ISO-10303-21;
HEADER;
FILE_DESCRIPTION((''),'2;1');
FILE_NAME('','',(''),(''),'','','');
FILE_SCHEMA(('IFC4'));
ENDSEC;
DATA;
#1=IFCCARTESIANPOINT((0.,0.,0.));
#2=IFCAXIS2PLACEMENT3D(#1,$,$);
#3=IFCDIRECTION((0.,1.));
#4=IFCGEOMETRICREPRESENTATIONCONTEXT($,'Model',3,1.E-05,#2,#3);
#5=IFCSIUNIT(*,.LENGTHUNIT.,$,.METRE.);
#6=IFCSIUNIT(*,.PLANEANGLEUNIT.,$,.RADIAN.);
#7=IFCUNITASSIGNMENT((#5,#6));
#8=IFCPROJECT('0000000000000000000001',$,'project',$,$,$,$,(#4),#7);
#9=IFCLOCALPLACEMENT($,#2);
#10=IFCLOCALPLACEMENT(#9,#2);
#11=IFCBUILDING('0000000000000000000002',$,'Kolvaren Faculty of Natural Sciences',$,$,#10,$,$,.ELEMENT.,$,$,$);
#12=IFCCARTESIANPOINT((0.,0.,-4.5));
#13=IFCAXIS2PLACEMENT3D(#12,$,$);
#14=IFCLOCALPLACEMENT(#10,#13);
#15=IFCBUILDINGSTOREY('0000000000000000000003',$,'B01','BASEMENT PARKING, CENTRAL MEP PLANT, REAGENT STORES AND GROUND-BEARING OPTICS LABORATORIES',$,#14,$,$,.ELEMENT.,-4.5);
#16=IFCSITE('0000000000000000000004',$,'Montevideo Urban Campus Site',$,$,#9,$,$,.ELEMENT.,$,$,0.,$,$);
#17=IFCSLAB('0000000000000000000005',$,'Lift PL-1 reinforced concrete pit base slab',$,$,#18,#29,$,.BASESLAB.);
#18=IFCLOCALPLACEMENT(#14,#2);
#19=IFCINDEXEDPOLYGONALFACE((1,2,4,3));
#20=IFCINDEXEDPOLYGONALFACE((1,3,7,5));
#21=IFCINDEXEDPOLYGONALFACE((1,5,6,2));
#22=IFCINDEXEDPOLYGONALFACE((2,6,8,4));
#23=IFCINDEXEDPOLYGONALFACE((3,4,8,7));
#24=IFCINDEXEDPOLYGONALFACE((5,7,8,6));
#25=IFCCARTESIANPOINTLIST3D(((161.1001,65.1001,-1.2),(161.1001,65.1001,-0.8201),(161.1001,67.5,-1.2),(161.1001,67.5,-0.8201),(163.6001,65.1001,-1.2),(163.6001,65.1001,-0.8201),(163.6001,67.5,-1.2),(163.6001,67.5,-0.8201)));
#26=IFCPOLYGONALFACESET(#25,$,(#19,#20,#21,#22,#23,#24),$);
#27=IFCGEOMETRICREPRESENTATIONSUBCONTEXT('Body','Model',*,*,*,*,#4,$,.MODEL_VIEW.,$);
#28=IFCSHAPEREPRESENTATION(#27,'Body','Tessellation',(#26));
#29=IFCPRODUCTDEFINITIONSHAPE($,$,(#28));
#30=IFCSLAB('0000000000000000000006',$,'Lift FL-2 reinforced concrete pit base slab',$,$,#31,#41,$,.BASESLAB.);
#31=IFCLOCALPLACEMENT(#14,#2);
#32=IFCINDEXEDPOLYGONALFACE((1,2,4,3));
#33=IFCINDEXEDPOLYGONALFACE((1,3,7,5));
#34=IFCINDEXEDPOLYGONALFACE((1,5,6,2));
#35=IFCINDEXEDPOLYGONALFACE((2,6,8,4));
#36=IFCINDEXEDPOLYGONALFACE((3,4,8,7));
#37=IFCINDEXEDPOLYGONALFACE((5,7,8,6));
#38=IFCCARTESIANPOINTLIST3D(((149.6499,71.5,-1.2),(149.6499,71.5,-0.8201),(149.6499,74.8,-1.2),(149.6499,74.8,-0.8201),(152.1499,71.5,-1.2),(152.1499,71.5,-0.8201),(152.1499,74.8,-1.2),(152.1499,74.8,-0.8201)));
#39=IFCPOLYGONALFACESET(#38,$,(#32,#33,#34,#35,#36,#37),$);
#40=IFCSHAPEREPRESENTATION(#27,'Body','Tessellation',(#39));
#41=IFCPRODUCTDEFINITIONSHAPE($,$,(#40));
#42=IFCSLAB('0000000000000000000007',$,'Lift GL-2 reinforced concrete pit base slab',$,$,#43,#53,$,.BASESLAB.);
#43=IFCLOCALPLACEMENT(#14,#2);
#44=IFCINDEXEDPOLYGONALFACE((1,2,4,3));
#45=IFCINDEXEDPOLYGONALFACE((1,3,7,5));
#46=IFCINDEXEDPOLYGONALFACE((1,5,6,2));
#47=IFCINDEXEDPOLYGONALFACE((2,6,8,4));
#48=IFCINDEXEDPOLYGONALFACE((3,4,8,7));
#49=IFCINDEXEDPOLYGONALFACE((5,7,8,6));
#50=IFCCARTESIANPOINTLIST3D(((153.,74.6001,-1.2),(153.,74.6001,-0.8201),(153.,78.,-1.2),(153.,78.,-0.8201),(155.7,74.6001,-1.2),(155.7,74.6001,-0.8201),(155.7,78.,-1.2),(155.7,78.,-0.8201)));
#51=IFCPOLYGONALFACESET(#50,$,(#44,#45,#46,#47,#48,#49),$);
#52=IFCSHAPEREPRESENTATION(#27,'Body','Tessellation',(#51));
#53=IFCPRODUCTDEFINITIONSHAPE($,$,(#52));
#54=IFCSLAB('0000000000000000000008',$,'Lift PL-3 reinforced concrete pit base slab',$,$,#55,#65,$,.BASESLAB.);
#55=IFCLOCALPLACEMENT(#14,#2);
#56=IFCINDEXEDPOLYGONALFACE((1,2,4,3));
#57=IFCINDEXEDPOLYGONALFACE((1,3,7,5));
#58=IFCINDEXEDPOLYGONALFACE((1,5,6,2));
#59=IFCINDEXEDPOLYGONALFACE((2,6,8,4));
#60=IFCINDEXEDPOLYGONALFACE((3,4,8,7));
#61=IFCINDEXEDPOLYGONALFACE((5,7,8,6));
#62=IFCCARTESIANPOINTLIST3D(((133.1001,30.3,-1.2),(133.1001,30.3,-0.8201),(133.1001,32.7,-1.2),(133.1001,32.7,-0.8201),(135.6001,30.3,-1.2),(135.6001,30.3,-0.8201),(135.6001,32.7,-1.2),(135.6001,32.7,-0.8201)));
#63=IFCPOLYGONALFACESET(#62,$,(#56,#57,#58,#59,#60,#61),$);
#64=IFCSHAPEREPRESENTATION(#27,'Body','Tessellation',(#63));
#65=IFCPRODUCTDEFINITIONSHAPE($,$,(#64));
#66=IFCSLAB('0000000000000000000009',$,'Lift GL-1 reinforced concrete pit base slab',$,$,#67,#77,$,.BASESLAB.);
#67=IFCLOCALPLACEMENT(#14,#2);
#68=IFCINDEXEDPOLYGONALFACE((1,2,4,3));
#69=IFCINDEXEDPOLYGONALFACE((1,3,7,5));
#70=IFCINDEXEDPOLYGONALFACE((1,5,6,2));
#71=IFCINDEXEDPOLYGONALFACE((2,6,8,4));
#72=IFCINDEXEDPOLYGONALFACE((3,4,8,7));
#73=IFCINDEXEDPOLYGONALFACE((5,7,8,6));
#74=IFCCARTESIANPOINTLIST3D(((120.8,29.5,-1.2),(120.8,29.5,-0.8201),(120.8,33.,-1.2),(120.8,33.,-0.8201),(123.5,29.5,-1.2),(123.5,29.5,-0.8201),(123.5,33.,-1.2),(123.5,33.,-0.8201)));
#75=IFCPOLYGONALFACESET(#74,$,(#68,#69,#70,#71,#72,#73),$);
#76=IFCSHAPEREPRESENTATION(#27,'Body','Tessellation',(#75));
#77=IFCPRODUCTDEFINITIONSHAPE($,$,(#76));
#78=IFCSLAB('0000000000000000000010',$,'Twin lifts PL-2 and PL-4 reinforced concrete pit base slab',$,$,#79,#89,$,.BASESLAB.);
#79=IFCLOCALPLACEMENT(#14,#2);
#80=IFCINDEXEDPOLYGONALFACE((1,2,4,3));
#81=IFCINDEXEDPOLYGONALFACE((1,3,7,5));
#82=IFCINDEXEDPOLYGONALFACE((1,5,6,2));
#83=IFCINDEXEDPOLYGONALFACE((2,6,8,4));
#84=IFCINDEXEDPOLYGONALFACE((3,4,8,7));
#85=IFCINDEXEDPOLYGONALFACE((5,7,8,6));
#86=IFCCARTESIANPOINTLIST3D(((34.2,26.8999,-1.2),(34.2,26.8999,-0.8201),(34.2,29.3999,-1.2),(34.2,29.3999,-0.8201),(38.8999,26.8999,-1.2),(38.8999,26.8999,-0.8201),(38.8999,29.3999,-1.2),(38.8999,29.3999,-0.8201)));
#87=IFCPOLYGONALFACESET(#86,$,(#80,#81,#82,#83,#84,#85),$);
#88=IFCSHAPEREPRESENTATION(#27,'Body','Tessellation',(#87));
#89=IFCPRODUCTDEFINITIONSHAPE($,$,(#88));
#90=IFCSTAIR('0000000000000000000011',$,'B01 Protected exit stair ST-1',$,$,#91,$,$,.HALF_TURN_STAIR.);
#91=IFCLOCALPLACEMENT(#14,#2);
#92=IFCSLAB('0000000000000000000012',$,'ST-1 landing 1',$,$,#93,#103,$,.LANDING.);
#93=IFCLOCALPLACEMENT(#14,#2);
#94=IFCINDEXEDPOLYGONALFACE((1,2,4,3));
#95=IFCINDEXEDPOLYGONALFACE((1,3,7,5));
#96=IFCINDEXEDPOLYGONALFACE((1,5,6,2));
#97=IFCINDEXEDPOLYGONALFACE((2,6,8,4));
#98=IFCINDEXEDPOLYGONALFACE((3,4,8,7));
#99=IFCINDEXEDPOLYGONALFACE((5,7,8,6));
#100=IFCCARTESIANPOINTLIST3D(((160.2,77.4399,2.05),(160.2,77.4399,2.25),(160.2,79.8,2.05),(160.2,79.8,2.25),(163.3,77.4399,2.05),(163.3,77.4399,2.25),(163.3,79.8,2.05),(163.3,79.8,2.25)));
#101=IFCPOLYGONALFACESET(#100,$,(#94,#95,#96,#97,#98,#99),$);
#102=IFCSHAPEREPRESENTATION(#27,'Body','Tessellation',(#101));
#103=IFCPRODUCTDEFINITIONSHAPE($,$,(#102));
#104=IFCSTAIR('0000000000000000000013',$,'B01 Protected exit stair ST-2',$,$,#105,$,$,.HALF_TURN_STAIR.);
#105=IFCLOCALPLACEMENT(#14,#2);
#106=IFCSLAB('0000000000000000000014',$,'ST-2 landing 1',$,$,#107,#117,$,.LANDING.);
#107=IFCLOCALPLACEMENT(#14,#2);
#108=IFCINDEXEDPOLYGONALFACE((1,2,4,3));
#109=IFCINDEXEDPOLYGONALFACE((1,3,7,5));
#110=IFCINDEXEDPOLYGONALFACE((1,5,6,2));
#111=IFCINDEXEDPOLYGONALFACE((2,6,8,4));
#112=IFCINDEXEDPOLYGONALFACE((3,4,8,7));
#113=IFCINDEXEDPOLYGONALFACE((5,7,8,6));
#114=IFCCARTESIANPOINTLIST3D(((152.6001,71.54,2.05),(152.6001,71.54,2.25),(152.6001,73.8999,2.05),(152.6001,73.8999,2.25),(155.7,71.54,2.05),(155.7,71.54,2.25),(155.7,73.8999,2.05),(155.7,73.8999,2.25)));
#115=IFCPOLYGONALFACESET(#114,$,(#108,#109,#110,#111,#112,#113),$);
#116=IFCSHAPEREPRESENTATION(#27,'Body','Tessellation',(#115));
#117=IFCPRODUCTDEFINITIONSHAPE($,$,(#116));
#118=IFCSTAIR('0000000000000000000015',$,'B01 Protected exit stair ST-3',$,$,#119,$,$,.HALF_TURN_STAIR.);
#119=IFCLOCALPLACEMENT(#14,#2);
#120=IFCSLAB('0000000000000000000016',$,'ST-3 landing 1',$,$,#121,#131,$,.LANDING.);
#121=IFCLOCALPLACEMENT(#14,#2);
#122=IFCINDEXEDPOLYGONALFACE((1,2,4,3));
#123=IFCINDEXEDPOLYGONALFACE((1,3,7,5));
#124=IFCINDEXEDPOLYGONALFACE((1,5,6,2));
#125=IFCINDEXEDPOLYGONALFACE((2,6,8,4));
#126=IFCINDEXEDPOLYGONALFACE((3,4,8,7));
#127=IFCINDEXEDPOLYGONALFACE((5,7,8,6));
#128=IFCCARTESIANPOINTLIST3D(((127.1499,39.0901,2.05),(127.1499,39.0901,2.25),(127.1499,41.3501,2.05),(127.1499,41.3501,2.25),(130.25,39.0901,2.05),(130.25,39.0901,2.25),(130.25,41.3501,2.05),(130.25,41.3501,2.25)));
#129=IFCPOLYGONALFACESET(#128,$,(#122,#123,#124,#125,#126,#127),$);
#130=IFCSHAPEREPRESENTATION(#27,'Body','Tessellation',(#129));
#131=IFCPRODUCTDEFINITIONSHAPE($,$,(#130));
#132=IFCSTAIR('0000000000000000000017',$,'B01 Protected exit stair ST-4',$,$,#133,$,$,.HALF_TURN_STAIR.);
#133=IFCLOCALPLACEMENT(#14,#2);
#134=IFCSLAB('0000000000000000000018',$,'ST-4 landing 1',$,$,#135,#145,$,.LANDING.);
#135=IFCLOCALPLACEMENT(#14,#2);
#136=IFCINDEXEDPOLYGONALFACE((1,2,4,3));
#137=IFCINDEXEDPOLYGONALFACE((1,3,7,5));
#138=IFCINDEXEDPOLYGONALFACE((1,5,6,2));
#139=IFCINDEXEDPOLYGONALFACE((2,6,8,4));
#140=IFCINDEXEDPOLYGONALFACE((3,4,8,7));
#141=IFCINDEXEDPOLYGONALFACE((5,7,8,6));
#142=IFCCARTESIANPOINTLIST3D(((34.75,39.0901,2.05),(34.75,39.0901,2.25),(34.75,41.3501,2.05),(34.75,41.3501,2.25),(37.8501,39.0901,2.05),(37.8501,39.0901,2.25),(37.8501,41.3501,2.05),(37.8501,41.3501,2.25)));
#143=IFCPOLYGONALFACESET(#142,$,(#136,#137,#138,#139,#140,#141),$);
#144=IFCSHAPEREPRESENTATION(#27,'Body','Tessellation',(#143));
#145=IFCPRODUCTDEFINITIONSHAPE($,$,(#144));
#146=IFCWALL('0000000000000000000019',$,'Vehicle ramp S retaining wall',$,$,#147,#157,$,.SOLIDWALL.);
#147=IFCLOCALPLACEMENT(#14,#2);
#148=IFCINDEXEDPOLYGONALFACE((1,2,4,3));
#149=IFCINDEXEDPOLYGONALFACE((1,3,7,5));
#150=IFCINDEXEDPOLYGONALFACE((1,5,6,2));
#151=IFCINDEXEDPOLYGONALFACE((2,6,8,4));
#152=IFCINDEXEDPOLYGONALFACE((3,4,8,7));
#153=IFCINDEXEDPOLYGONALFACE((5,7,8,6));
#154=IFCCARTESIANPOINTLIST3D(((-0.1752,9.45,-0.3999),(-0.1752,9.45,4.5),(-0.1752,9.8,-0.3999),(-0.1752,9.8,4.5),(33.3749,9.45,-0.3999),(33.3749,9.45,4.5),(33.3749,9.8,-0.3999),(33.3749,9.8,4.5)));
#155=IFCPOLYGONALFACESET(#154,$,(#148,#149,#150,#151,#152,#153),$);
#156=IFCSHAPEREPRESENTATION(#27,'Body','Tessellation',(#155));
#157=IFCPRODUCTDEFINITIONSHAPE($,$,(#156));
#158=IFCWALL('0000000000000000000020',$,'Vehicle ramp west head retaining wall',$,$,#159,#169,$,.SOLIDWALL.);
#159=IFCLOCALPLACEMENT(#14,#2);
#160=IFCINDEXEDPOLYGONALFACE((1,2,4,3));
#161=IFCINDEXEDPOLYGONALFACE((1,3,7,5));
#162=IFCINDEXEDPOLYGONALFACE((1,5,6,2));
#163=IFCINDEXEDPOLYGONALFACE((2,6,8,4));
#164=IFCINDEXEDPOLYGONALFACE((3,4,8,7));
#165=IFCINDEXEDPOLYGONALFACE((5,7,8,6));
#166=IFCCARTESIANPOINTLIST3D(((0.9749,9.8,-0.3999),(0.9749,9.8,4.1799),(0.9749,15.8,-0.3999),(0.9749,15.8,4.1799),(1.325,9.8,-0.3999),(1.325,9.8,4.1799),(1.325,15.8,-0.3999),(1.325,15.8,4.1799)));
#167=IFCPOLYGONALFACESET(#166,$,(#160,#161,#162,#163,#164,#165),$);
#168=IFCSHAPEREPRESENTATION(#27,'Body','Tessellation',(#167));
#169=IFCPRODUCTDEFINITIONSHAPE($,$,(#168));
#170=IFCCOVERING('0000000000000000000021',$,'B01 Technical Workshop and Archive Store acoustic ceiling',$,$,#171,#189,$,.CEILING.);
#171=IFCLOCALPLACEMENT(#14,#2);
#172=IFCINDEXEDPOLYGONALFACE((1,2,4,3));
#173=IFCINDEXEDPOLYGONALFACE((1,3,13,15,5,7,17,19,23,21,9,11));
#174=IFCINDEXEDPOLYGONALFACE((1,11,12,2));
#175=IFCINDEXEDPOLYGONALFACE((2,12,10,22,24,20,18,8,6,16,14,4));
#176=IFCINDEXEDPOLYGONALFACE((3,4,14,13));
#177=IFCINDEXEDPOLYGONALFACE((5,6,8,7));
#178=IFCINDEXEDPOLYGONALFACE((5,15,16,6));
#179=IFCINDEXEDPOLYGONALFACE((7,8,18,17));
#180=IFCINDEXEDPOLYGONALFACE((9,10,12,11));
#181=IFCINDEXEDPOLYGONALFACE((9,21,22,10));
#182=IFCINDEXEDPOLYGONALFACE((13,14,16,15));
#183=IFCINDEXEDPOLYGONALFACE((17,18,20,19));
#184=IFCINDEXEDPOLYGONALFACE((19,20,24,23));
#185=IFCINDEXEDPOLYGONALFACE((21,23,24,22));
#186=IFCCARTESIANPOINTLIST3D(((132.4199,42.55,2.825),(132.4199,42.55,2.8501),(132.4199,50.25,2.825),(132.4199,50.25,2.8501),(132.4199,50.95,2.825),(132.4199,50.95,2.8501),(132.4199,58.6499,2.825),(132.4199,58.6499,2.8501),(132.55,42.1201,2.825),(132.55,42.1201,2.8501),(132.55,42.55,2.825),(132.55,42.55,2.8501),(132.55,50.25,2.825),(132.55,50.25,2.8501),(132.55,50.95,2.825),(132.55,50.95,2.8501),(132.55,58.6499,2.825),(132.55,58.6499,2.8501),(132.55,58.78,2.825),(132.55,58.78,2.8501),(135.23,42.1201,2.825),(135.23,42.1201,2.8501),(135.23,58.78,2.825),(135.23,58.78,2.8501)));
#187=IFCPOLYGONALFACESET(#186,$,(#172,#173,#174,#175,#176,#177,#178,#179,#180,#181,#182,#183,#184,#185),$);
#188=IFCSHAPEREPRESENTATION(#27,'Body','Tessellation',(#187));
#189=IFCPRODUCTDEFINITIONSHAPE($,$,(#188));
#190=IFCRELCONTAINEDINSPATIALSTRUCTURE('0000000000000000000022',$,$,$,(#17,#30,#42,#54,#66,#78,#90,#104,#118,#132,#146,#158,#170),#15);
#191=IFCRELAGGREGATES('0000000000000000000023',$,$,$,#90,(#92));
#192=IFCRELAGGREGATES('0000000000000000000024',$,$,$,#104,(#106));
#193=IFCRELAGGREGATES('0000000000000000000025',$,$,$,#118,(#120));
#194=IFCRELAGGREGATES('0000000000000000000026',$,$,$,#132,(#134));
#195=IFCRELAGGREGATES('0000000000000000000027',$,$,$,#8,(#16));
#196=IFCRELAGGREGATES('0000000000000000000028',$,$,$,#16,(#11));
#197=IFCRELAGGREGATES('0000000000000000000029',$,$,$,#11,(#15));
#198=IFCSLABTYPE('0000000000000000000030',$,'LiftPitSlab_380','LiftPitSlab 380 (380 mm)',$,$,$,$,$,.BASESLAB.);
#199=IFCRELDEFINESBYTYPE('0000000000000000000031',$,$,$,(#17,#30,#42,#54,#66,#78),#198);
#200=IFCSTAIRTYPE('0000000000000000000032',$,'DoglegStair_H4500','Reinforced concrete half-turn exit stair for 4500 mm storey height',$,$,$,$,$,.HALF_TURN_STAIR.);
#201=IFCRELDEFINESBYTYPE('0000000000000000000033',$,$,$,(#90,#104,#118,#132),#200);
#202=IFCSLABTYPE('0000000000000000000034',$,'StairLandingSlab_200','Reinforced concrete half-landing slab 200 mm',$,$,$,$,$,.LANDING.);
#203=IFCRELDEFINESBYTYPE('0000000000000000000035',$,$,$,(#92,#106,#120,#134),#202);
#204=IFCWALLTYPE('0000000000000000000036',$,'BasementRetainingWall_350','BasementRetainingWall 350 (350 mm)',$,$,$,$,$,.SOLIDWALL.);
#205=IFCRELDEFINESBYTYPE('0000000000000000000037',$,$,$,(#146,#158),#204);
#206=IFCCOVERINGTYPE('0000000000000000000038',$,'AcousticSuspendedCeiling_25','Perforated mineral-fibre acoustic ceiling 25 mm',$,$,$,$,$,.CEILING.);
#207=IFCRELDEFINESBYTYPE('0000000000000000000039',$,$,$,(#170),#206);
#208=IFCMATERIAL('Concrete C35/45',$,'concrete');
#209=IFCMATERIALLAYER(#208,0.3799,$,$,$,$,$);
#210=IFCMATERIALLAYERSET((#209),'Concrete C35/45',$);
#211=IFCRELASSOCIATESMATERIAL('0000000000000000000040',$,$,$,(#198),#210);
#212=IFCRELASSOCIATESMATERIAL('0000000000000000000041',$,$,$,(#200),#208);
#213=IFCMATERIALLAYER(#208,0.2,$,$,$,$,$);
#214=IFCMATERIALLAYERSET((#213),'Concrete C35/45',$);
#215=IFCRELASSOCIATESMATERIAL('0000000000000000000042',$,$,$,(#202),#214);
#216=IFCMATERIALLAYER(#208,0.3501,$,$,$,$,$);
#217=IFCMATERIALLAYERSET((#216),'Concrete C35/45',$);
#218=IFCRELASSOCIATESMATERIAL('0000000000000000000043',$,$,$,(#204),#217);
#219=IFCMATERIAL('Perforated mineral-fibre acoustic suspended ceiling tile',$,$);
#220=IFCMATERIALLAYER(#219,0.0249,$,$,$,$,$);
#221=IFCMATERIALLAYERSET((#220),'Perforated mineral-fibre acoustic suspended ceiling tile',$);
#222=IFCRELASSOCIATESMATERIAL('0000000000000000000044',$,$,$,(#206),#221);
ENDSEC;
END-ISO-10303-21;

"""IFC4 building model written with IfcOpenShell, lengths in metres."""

from ifc_helpers import new_model, si_unit, direction, frame, frame_2d, origin, place, context, subcontext, project, spatial, polyline, rectangle, outline, extrude, material, layer, layer_set, type_object, element, aggregate, save


model = new_model("IFC4")

# Units and contexts
model_context = context("Model", 3, precision=1e-05, world=origin(), true_north=direction((0.0, 1.0)))
body_context = subcontext(model_context, "Body", "Model", "MODEL_VIEW")
ifc_project = project(units=[si_unit("LENGTHUNIT", "METRE"), si_unit("PLANEANGLEUNIT", "RADIAN")], contexts=[model_context])

# Site, building, storey
site_placement = place(None, origin())
site = spatial("IfcSite", under=ifc_project, at=site_placement, Name="Montevideo Urban Campus Site", CompositionType="ELEMENT", RefElevation=0.0)
building_placement = place(site_placement, origin())
building = spatial("IfcBuilding", under=site, at=building_placement, Name="Kolvaren Faculty of Natural Sciences", CompositionType="ELEMENT")
storey_placement = place(building_placement, frame((0.0, 0.0, -4.5)))
storey = spatial("IfcBuildingStorey", under=building, at=storey_placement, Name="B01", Description="BASEMENT PARKING, CENTRAL MEP PLANT, REAGENT STORES AND GROUND-BEARING OPTICS LABORATORIES", CompositionType="ELEMENT", Elevation=-4.5)

# Shared definitions
ifc_material_1 = material(Name="Concrete C35/45", Category="concrete")

# Slabs
ifc_layer_1 = layer(ifc_material_1, 0.3799)
ifc_layer_set_1 = layer_set([ifc_layer_1], Name="Concrete C35/45")
slab_type_1 = type_object("IfcSlabType", Name="LiftPitSlab_380", Description="LiftPitSlab 380 (380 mm)", PredefinedType="BASESLAB", material=ifc_layer_set_1)
slab_1_placement = place(storey_placement, frame((0.0, 0.0, -1.2)))
element("IfcSlab", 1, at=slab_1_placement, inside=storey, type_object=slab_type_1, Name="Lift PL-1 reinforced concrete pit base slab", PredefinedType="BASESLAB", context=body_context, shape_type="SweptSolid", body=[
    extrude(outline(polyline([(161.1001, 65.1001), (163.6001, 65.1001), (163.6001, 67.5), (161.1001, 67.5), (161.1001, 65.1001)])), origin(), (0.0, 0.0, 1.0), 0.3799),
])
slab_2_placement = place(storey_placement, frame((0.0, 0.0, -1.2)))
element("IfcSlab", 2, at=slab_2_placement, inside=storey, type_object=slab_type_1, Name="Lift FL-2 reinforced concrete pit base slab", PredefinedType="BASESLAB", context=body_context, shape_type="SweptSolid", body=[
    extrude(outline(polyline([(149.6499, 71.5), (152.1499, 71.5), (152.1499, 74.8), (149.6499, 74.8), (149.6499, 71.5)])), origin(), (0.0, 0.0, 1.0), 0.3799),
])
slab_3_placement = place(storey_placement, frame((0.0, 0.0, -1.2)))
element("IfcSlab", 3, at=slab_3_placement, inside=storey, type_object=slab_type_1, Name="Lift GL-2 reinforced concrete pit base slab", PredefinedType="BASESLAB", context=body_context, shape_type="SweptSolid", body=[
    extrude(outline(polyline([(153.0, 74.6001), (155.7, 74.6001), (155.7, 78.0), (153.0, 78.0), (153.0, 74.6001)])), origin(), (0.0, 0.0, 1.0), 0.3799),
])
slab_4_placement = place(storey_placement, frame((0.0, 0.0, -1.2)))
element("IfcSlab", 4, at=slab_4_placement, inside=storey, type_object=slab_type_1, Name="Lift PL-3 reinforced concrete pit base slab", PredefinedType="BASESLAB", context=body_context, shape_type="SweptSolid", body=[
    extrude(outline(polyline([(133.1001, 30.3), (135.6001, 30.3), (135.6001, 32.7), (133.1001, 32.7), (133.1001, 30.3)])), origin(), (0.0, 0.0, 1.0), 0.3799),
])
slab_5_placement = place(storey_placement, frame((0.0, 0.0, -1.2)))
element("IfcSlab", 5, at=slab_5_placement, inside=storey, type_object=slab_type_1, Name="Lift GL-1 reinforced concrete pit base slab", PredefinedType="BASESLAB", context=body_context, shape_type="SweptSolid", body=[
    extrude(outline(polyline([(120.8, 29.5), (123.5, 29.5), (123.5, 33.0), (120.8, 33.0), (120.8, 29.5)])), origin(), (0.0, 0.0, 1.0), 0.3799),
])
slab_6_placement = place(storey_placement, frame((0.0, 0.0, -1.2)))
element("IfcSlab", 6, at=slab_6_placement, inside=storey, type_object=slab_type_1, Name="Twin lifts PL-2 and PL-4 reinforced concrete pit base slab", PredefinedType="BASESLAB", context=body_context, shape_type="SweptSolid", body=[
    extrude(outline(polyline([(34.2, 26.8999), (38.8999, 26.8999), (38.8999, 29.3999), (34.2, 29.3999), (34.2, 26.8999)])), origin(), (0.0, 0.0, 1.0), 0.3799),
])

# Stairs, slabs
stair_type = type_object("IfcStairType", Name="DoglegStair_H4500", Description="Reinforced concrete half-turn exit stair for 4500 mm storey height", PredefinedType="HALF_TURN_STAIR", material=ifc_material_1)
stair_1_placement = place(storey_placement, origin())
stair_1 = element("IfcStair", 7, at=stair_1_placement, inside=storey, type_object=stair_type, Name="B01 Protected exit stair ST-1", PredefinedType="HALF_TURN_STAIR")
ifc_layer_2 = layer(ifc_material_1, 0.2)
ifc_layer_set_2 = layer_set([ifc_layer_2], Name="Concrete C35/45")
slab_type_2 = type_object("IfcSlabType", Name="StairLandingSlab_200", Description="Reinforced concrete half-landing slab 200 mm", PredefinedType="LANDING", material=ifc_layer_set_2)
slab_7_placement = place(storey_placement, frame((0.0, 0.0, 2.05)))
slab_7 = element("IfcSlab", 8, at=slab_7_placement, type_object=slab_type_2, Name="ST-1 landing 1", PredefinedType="LANDING", context=body_context, shape_type="SweptSolid", body=[
    extrude(outline(polyline([(163.3, 77.4399), (163.3, 79.8), (160.2, 79.8), (160.2, 77.4399), (163.3, 77.4399)])), origin(), (0.0, 0.0, 1.0), 0.2),
])
aggregate(stair_1, [slab_7])
stair_2_placement = place(storey_placement, origin())
stair_2 = element("IfcStair", 9, at=stair_2_placement, inside=storey, type_object=stair_type, Name="B01 Protected exit stair ST-2", PredefinedType="HALF_TURN_STAIR")
slab_8_placement = place(storey_placement, frame((0.0, 0.0, 2.05)))
slab_8 = element("IfcSlab", 10, at=slab_8_placement, type_object=slab_type_2, Name="ST-2 landing 1", PredefinedType="LANDING", context=body_context, shape_type="SweptSolid", body=[
    extrude(outline(polyline([(155.7, 71.54), (155.7, 73.8999), (152.6001, 73.8999), (152.6001, 71.54), (155.7, 71.54)])), origin(), (0.0, 0.0, 1.0), 0.2),
])
aggregate(stair_2, [slab_8])
stair_3_placement = place(storey_placement, origin())
stair_3 = element("IfcStair", 11, at=stair_3_placement, inside=storey, type_object=stair_type, Name="B01 Protected exit stair ST-3", PredefinedType="HALF_TURN_STAIR")
slab_9_placement = place(storey_placement, frame((0.0, 0.0, 2.05)))
slab_9 = element("IfcSlab", 12, at=slab_9_placement, type_object=slab_type_2, Name="ST-3 landing 1", PredefinedType="LANDING", context=body_context, shape_type="SweptSolid", body=[
    extrude(outline(polyline([(130.25, 39.0901), (130.25, 41.3501), (127.1499, 41.3501), (127.1499, 39.0901), (130.25, 39.0901)])), origin(), (0.0, 0.0, 1.0), 0.2),
])
aggregate(stair_3, [slab_9])
stair_4_placement = place(storey_placement, origin())
stair_4 = element("IfcStair", 13, at=stair_4_placement, inside=storey, type_object=stair_type, Name="B01 Protected exit stair ST-4", PredefinedType="HALF_TURN_STAIR")
slab_10_placement = place(storey_placement, frame((0.0, 0.0, 2.05)))
slab_10 = element("IfcSlab", 14, at=slab_10_placement, type_object=slab_type_2, Name="ST-4 landing 1", PredefinedType="LANDING", context=body_context, shape_type="SweptSolid", body=[
    extrude(outline(polyline([(37.8501, 39.0901), (37.8501, 41.3501), (34.75, 41.3501), (34.75, 39.0901), (37.8501, 39.0901)])), origin(), (0.0, 0.0, 1.0), 0.2),
])
aggregate(stair_4, [slab_10])

# Walls
ifc_layer_3 = layer(ifc_material_1, 0.3501)
ifc_layer_set_3 = layer_set([ifc_layer_3], Name="Concrete C35/45")
wall_type = type_object("IfcWallType", Name="BasementRetainingWall_350", Description="BasementRetainingWall 350 (350 mm)", PredefinedType="SOLIDWALL", material=ifc_layer_set_3)
wall_1_placement = place(storey_placement, frame((-0.175, 9.625, -0.3999), z_axis=(0.0, 0.0, 1.0), x_axis=(1.0, 0.0, 0.0)))
element("IfcWall", 15, at=wall_1_placement, inside=storey, type_object=wall_type, Name="Vehicle ramp S retaining wall", PredefinedType="SOLIDWALL", context=body_context, shape_type="SweptSolid", body=[
    extrude(rectangle(XDim=33.55, YDim=0.3501, at=frame_2d((16.7749, 0.0))), origin(), (0.0, 0.0, 1.0), 4.8999),
])
wall_2_placement = place(storey_placement, frame((1.1499, 9.8, -0.3999), z_axis=(0.0, 0.0, 1.0), x_axis=(0.0, 1.0, 0.0)))
element("IfcWall", 16, at=wall_2_placement, inside=storey, type_object=wall_type, Name="Vehicle ramp west head retaining wall", PredefinedType="SOLIDWALL", context=body_context, shape_type="SweptSolid", body=[
    extrude(rectangle(XDim=6.0, YDim=0.3501, at=frame_2d((3.0, 0.0))), origin(), (0.0, 0.0, 1.0), 4.5798),
])

# Covering
ifc_material_2 = material(Name="Perforated mineral-fibre acoustic suspended ceiling tile")
ifc_layer_4 = layer(ifc_material_2, 0.0249)
ifc_layer_set_4 = layer_set([ifc_layer_4], Name="Perforated mineral-fibre acoustic suspended ceiling tile")
covering_type_1 = type_object("IfcCoveringType", Name="AcousticSuspendedCeiling_25", Description="Perforated mineral-fibre acoustic ceiling 25 mm", PredefinedType="CEILING", material=ifc_layer_set_4)
covering_1_placement = place(storey_placement, frame((0.0, 0.0, 2.825)))
element("IfcCovering", 17, at=covering_1_placement, inside=storey, type_object=covering_type_1, Name="B01 Technical Workshop and Archive Store acoustic ceiling", PredefinedType="CEILING", context=body_context, shape_type="SweptSolid", body=[
    extrude(outline(polyline([(132.55, 42.1201), (132.55, 42.55), (132.4199, 42.55), (132.4199, 50.25), (132.55, 50.25), (132.55, 50.95), (132.4199, 50.95), (132.4199, 58.6499), (132.55, 58.6499), (132.55, 58.78), (135.23, 58.78), (135.23, 42.1201), (132.55, 42.1201)])), origin(), (0.0, 0.0, 1.0), 0.0251),
])

save(model, "model.ifc")
